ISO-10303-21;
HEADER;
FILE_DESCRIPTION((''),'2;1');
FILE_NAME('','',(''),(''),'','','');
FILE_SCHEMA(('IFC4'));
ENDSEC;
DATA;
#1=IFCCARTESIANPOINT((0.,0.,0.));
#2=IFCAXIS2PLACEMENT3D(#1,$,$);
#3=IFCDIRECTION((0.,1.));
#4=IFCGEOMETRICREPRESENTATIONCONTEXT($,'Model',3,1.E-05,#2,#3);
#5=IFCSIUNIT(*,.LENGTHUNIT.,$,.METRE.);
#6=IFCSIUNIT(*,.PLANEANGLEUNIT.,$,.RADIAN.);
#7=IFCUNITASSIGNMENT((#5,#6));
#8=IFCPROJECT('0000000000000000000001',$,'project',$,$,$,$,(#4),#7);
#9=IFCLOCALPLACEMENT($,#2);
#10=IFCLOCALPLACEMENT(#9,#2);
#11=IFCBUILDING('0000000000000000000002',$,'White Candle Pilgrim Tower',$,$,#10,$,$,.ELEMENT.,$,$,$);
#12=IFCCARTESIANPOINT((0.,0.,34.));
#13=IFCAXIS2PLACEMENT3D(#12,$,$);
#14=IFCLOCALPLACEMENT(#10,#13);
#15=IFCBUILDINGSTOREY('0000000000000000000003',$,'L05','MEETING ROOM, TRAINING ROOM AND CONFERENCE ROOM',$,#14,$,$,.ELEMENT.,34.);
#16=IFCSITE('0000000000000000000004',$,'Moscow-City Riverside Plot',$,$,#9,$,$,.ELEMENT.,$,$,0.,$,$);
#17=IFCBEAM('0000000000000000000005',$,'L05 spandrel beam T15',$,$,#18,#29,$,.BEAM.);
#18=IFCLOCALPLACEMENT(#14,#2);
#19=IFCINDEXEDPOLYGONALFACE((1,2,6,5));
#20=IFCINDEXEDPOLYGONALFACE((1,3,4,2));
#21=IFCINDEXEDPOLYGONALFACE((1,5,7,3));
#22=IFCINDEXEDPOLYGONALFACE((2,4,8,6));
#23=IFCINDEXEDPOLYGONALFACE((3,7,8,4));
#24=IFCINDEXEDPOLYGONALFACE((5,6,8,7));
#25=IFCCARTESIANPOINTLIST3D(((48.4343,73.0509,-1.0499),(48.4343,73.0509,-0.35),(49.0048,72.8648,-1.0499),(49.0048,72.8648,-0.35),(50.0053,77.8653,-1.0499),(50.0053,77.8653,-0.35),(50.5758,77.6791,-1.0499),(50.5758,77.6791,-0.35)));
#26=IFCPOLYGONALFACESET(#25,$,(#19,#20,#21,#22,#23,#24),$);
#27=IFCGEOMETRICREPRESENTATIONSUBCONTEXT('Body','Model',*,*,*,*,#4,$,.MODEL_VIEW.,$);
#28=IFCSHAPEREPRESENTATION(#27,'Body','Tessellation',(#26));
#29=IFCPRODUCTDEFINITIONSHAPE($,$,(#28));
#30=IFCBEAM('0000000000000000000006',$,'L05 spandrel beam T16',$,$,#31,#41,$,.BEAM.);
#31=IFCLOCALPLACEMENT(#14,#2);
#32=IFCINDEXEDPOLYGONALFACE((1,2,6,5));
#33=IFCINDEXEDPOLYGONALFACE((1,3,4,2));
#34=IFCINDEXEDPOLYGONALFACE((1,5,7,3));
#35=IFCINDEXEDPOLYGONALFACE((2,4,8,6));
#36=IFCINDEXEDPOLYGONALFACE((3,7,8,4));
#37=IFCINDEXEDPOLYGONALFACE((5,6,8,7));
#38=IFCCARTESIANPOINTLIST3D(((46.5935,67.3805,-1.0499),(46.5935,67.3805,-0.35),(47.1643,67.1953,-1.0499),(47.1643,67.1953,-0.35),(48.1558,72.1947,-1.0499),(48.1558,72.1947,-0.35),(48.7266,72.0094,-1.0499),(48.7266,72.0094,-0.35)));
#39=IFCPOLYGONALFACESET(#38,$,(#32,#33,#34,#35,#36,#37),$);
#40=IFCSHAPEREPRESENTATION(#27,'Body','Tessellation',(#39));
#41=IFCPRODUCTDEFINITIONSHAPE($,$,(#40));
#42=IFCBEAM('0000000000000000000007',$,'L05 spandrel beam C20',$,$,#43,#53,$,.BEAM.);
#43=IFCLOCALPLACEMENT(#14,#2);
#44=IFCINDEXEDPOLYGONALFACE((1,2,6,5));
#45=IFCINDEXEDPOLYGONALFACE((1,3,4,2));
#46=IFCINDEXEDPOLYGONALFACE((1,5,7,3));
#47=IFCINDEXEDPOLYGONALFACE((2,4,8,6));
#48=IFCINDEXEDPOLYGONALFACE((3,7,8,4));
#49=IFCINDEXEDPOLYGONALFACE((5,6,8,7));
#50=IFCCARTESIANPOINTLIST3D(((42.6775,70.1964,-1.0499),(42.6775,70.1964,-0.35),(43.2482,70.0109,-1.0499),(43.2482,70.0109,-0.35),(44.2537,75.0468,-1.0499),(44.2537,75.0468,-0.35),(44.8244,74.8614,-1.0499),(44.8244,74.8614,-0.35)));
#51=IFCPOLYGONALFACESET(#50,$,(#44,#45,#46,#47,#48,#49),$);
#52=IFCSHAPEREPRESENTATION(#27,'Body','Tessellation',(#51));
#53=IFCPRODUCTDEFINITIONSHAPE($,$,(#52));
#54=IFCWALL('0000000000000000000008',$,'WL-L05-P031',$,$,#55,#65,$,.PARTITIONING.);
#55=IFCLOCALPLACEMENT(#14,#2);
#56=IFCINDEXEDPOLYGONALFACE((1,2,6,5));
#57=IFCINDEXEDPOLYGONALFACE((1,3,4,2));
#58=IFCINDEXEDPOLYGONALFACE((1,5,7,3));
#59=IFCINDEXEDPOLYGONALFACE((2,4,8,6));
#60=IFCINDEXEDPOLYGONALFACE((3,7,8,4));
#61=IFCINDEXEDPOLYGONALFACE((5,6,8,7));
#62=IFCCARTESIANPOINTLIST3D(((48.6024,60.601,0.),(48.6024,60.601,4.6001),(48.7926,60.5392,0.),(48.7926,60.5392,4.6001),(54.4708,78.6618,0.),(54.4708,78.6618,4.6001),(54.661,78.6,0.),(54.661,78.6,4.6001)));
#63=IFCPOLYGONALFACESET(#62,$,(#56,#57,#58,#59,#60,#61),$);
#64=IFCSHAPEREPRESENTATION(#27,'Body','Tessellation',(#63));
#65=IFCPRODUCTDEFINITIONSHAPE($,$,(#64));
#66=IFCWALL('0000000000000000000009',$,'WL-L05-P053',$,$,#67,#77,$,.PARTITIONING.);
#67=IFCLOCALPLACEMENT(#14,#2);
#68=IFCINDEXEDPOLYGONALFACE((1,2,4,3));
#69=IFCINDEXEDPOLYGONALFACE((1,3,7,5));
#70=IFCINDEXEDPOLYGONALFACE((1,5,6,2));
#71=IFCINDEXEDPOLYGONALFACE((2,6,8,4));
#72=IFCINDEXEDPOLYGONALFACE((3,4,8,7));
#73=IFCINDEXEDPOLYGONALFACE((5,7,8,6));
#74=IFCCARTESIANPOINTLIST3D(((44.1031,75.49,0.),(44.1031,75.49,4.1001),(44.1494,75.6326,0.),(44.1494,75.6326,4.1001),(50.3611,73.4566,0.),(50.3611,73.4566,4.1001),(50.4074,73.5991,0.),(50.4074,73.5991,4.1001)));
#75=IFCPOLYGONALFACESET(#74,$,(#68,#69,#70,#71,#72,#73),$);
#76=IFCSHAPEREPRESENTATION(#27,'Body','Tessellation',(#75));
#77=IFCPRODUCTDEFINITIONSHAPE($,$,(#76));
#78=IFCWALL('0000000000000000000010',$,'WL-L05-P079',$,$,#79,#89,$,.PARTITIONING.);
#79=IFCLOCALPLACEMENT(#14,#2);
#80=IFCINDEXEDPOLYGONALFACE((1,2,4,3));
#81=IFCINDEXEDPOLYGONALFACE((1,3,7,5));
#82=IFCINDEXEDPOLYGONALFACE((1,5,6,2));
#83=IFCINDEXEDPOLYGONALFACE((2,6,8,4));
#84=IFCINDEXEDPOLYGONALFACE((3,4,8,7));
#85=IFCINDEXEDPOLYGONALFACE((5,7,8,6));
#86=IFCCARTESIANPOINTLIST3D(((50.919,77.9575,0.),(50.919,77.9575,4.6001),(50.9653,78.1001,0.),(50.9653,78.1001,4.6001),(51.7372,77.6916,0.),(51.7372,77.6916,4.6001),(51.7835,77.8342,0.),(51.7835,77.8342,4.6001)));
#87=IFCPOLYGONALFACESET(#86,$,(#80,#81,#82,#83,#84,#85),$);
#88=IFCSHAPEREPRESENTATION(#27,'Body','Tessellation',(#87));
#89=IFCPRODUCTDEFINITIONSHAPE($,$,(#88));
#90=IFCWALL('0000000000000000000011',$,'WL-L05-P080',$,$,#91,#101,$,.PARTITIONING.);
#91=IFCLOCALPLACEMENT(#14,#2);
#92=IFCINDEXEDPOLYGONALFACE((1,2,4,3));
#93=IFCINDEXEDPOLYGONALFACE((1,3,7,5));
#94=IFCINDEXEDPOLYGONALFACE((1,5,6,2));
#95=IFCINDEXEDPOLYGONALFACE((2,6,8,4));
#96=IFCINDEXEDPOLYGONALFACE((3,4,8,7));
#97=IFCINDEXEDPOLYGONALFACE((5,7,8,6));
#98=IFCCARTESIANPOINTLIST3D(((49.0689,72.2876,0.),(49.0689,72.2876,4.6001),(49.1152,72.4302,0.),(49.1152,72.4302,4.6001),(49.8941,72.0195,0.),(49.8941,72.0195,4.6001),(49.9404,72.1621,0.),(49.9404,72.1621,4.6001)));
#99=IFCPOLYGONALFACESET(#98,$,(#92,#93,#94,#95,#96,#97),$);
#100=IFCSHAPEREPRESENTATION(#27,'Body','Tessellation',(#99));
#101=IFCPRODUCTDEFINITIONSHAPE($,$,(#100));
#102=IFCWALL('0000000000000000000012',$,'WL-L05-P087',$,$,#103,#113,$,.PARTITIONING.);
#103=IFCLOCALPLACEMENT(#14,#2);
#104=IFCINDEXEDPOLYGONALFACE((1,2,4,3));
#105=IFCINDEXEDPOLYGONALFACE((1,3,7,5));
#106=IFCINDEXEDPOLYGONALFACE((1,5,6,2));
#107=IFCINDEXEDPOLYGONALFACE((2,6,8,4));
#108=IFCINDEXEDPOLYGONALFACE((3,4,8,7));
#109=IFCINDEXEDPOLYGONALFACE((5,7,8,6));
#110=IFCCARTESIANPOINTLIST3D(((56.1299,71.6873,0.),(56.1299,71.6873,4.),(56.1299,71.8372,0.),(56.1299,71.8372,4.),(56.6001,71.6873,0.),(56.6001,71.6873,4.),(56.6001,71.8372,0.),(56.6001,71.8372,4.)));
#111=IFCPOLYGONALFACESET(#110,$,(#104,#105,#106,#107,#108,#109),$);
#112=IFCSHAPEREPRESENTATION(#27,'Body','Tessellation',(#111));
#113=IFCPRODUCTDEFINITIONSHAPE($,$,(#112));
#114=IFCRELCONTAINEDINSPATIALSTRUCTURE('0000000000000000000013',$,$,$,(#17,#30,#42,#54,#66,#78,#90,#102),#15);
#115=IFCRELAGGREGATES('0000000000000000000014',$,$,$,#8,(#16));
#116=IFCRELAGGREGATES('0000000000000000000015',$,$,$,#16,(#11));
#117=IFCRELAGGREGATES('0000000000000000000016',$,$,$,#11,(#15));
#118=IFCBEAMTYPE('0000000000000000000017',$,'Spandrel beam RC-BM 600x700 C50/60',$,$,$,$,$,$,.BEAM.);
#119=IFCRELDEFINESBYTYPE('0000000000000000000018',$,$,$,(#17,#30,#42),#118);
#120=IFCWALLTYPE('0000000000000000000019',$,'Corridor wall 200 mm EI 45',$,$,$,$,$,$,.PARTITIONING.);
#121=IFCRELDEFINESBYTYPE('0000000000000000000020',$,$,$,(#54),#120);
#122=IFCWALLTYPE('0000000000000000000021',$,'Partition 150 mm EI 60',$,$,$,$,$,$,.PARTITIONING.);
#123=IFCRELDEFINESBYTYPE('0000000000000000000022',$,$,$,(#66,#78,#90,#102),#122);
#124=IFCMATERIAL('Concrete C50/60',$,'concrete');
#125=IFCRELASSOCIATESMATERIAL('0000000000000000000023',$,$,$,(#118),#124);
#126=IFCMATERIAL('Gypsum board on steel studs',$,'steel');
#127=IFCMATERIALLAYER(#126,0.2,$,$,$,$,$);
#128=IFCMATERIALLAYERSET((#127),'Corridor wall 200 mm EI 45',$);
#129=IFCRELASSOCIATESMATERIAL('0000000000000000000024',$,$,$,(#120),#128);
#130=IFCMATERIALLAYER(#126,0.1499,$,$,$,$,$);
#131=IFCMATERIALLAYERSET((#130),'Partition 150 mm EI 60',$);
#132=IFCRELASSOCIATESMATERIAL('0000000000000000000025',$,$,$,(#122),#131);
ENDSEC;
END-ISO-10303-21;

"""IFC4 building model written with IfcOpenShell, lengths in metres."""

from ifc_helpers import new_model, si_unit, direction, frame, frame_2d, origin, origin_2d, place, context, subcontext, project, spatial, rectangle, extrude, material, layer, layer_set, material_profile, profile_set, type_object, element, save


model = new_model("IFC4")

# Units and contexts
model_context = context("Model", 3, precision=1e-05, world=origin(), true_north=direction((0.0, 1.0)))
body_context = subcontext(model_context, "Body", "Model", "MODEL_VIEW")
ifc_project = project(units=[si_unit("LENGTHUNIT", "METRE"), si_unit("PLANEANGLEUNIT", "RADIAN")], contexts=[model_context])

# Site, building, storey
site_placement = place(None, origin())
site = spatial("IfcSite", under=ifc_project, at=site_placement, Name="Moscow-City Riverside Plot", CompositionType="ELEMENT", RefElevation=0.0)
building_placement = place(site_placement, origin())
building = spatial("IfcBuilding", under=site, at=building_placement, Name="White Candle Pilgrim Tower", CompositionType="ELEMENT")
storey_placement = place(building_placement, frame((0.0, 0.0, 34.0)))
storey = spatial("IfcBuildingStorey", under=building, at=storey_placement, Name="L05", Description="MEETING ROOM, TRAINING ROOM AND CONFERENCE ROOM", CompositionType="ELEMENT", Elevation=34.0)

# Beams
ifc_material_1 = material(Name="Concrete C50/60", Category="concrete")
ifc_material_profile_1 = material_profile(ifc_material_1, rectangle(XDim=0.6001, YDim=0.7, at=origin_2d()), Name="RC-BM 600x700")
ifc_profile_set_1 = profile_set([ifc_material_profile_1], Name="Concrete C50/60")
beam_type_1 = type_object("IfcBeamType", Name="Spandrel beam RC-BM 600x700 C50/60", PredefinedType="BEAM", material=ifc_profile_set_1)
beam_1_placement = place(storey_placement, frame((50.2905, 77.7722, -0.7), z_axis=(-0.31022, -0.950665, 0.0), x_axis=(0.950665, -0.31022, 0.0)))
element("IfcBeam", 1, at=beam_1_placement, inside=storey, type_object=beam_type_1, Name="L05 spandrel beam T15", PredefinedType="BEAM", context=body_context, shape_type="SweptSolid", body=[
    extrude(rectangle(XDim=0.6001, YDim=0.7, at=origin_2d()), origin(), (0.0, 0.0, 1.0), 5.0642),
])
beam_2_placement = place(storey_placement, frame((48.4412, 72.1021, -0.7), z_axis=(-0.308664, -0.951171, 0.0), x_axis=(0.951171, -0.308664, 0.0)))
element("IfcBeam", 2, at=beam_2_placement, inside=storey, type_object=beam_type_1, Name="L05 spandrel beam T16", PredefinedType="BEAM", context=body_context, shape_type="SweptSolid", body=[
    extrude(rectangle(XDim=0.6001, YDim=0.7, at=origin_2d()), origin(), (0.0, 0.0, 1.0), 5.0613),
])
beam_3_placement = place(storey_placement, frame((44.5391, 74.9541, -0.7), z_axis=(-0.309053, -0.951045, 0.0), x_axis=(0.951045, -0.309053, 0.0)))
element("IfcBeam", 3, at=beam_3_placement, inside=storey, type_object=beam_type_1, Name="L05 spandrel beam C20", PredefinedType="BEAM", context=body_context, shape_type="SweptSolid", body=[
    extrude(rectangle(XDim=0.6001, YDim=0.7, at=origin_2d()), origin(), (0.0, 0.0, 1.0), 5.1001),
])

# Walls
ifc_material_2 = material(Name="Gypsum board on steel studs", Category="steel")
ifc_layer_1 = layer(ifc_material_2, 0.2)
ifc_layer_set_1 = layer_set([ifc_layer_1], Name="Corridor wall 200 mm EI 45")
wall_type_1 = type_object("IfcWallType", Name="Corridor wall 200 mm EI 45", PredefinedType="PARTITIONING", material=ifc_layer_set_1)
wall_1_placement = place(storey_placement, frame((54.5659, 78.6309, 0.0), z_axis=(0.0, 0.0, 1.0), x_axis=(-0.309022, -0.951055, 0.0)))
element("IfcWall", 4, at=wall_1_placement, inside=storey, type_object=wall_type_1, Name="WL-L05-P031", PredefinedType="PARTITIONING", context=body_context, shape_type="SweptSolid", body=[
    extrude(rectangle(XDim=18.9902, YDim=0.2, at=frame_2d((9.4951, 0.0))), origin(), (0.0, 0.0, 1.0), 4.6001),
])
ifc_layer_2 = layer(ifc_material_2, 0.1499)
ifc_layer_set_2 = layer_set([ifc_layer_2], Name="Partition 150 mm EI 60")
wall_type_2 = type_object("IfcWallType", Name="Partition 150 mm EI 60", PredefinedType="PARTITIONING", material=ifc_layer_set_2)
wall_2_placement = place(storey_placement, frame((44.1262, 75.5613, 0.0), z_axis=(0.0, 0.0, 1.0), x_axis=(0.951053, -0.309028, 0.0)))
element("IfcWall", 5, at=wall_2_placement, inside=storey, type_object=wall_type_2, Name="WL-L05-P053", PredefinedType="PARTITIONING", context=body_context, shape_type="SweptSolid", body=[
    extrude(rectangle(XDim=6.5801, YDim=0.1499, at=frame_2d((3.29, 0.0))), origin(), (0.0, 0.0, 1.0), 4.1001),
])
wall_3_placement = place(storey_placement, frame((50.9421, 78.0288, 0.0), z_axis=(0.0, 0.0, 1.0), x_axis=(0.95104, -0.309067, 0.0)))
element("IfcWall", 6, at=wall_3_placement, inside=storey, type_object=wall_type_2, Name="WL-L05-P079", PredefinedType="PARTITIONING", context=body_context, shape_type="SweptSolid", body=[
    extrude(rectangle(XDim=0.8604, YDim=0.1499, at=frame_2d((0.4302, 0.0))), origin(), (0.0, 0.0, 1.0), 4.6001),
])
wall_4_placement = place(storey_placement, frame((49.092, 72.3589, 0.0), z_axis=(0.0, 0.0, 1.0), x_axis=(0.951075, -0.308959, 0.0)))
element("IfcWall", 7, at=wall_4_placement, inside=storey, type_object=wall_type_2, Name="WL-L05-P080", PredefinedType="PARTITIONING", context=body_context, shape_type="SweptSolid", body=[
    extrude(rectangle(XDim=0.8677, YDim=0.1499, at=frame_2d((0.4338, 0.0))), origin(), (0.0, 0.0, 1.0), 4.6001),
])
wall_5_placement = place(storey_placement, frame((56.1299, 71.7622, 0.0), z_axis=(0.0, 0.0, 1.0), x_axis=(1.0, 0.0, 0.0)))
element("IfcWall", 8, at=wall_5_placement, inside=storey, type_object=wall_type_2, Name="WL-L05-P087", PredefinedType="PARTITIONING", context=body_context, shape_type="SweptSolid", body=[
    extrude(rectangle(XDim=0.4702, YDim=0.1499, at=frame_2d((0.2351, 0.0))), origin(), (0.0, 0.0, 1.0), 4.0),
])

save(model, "model.ifc")
